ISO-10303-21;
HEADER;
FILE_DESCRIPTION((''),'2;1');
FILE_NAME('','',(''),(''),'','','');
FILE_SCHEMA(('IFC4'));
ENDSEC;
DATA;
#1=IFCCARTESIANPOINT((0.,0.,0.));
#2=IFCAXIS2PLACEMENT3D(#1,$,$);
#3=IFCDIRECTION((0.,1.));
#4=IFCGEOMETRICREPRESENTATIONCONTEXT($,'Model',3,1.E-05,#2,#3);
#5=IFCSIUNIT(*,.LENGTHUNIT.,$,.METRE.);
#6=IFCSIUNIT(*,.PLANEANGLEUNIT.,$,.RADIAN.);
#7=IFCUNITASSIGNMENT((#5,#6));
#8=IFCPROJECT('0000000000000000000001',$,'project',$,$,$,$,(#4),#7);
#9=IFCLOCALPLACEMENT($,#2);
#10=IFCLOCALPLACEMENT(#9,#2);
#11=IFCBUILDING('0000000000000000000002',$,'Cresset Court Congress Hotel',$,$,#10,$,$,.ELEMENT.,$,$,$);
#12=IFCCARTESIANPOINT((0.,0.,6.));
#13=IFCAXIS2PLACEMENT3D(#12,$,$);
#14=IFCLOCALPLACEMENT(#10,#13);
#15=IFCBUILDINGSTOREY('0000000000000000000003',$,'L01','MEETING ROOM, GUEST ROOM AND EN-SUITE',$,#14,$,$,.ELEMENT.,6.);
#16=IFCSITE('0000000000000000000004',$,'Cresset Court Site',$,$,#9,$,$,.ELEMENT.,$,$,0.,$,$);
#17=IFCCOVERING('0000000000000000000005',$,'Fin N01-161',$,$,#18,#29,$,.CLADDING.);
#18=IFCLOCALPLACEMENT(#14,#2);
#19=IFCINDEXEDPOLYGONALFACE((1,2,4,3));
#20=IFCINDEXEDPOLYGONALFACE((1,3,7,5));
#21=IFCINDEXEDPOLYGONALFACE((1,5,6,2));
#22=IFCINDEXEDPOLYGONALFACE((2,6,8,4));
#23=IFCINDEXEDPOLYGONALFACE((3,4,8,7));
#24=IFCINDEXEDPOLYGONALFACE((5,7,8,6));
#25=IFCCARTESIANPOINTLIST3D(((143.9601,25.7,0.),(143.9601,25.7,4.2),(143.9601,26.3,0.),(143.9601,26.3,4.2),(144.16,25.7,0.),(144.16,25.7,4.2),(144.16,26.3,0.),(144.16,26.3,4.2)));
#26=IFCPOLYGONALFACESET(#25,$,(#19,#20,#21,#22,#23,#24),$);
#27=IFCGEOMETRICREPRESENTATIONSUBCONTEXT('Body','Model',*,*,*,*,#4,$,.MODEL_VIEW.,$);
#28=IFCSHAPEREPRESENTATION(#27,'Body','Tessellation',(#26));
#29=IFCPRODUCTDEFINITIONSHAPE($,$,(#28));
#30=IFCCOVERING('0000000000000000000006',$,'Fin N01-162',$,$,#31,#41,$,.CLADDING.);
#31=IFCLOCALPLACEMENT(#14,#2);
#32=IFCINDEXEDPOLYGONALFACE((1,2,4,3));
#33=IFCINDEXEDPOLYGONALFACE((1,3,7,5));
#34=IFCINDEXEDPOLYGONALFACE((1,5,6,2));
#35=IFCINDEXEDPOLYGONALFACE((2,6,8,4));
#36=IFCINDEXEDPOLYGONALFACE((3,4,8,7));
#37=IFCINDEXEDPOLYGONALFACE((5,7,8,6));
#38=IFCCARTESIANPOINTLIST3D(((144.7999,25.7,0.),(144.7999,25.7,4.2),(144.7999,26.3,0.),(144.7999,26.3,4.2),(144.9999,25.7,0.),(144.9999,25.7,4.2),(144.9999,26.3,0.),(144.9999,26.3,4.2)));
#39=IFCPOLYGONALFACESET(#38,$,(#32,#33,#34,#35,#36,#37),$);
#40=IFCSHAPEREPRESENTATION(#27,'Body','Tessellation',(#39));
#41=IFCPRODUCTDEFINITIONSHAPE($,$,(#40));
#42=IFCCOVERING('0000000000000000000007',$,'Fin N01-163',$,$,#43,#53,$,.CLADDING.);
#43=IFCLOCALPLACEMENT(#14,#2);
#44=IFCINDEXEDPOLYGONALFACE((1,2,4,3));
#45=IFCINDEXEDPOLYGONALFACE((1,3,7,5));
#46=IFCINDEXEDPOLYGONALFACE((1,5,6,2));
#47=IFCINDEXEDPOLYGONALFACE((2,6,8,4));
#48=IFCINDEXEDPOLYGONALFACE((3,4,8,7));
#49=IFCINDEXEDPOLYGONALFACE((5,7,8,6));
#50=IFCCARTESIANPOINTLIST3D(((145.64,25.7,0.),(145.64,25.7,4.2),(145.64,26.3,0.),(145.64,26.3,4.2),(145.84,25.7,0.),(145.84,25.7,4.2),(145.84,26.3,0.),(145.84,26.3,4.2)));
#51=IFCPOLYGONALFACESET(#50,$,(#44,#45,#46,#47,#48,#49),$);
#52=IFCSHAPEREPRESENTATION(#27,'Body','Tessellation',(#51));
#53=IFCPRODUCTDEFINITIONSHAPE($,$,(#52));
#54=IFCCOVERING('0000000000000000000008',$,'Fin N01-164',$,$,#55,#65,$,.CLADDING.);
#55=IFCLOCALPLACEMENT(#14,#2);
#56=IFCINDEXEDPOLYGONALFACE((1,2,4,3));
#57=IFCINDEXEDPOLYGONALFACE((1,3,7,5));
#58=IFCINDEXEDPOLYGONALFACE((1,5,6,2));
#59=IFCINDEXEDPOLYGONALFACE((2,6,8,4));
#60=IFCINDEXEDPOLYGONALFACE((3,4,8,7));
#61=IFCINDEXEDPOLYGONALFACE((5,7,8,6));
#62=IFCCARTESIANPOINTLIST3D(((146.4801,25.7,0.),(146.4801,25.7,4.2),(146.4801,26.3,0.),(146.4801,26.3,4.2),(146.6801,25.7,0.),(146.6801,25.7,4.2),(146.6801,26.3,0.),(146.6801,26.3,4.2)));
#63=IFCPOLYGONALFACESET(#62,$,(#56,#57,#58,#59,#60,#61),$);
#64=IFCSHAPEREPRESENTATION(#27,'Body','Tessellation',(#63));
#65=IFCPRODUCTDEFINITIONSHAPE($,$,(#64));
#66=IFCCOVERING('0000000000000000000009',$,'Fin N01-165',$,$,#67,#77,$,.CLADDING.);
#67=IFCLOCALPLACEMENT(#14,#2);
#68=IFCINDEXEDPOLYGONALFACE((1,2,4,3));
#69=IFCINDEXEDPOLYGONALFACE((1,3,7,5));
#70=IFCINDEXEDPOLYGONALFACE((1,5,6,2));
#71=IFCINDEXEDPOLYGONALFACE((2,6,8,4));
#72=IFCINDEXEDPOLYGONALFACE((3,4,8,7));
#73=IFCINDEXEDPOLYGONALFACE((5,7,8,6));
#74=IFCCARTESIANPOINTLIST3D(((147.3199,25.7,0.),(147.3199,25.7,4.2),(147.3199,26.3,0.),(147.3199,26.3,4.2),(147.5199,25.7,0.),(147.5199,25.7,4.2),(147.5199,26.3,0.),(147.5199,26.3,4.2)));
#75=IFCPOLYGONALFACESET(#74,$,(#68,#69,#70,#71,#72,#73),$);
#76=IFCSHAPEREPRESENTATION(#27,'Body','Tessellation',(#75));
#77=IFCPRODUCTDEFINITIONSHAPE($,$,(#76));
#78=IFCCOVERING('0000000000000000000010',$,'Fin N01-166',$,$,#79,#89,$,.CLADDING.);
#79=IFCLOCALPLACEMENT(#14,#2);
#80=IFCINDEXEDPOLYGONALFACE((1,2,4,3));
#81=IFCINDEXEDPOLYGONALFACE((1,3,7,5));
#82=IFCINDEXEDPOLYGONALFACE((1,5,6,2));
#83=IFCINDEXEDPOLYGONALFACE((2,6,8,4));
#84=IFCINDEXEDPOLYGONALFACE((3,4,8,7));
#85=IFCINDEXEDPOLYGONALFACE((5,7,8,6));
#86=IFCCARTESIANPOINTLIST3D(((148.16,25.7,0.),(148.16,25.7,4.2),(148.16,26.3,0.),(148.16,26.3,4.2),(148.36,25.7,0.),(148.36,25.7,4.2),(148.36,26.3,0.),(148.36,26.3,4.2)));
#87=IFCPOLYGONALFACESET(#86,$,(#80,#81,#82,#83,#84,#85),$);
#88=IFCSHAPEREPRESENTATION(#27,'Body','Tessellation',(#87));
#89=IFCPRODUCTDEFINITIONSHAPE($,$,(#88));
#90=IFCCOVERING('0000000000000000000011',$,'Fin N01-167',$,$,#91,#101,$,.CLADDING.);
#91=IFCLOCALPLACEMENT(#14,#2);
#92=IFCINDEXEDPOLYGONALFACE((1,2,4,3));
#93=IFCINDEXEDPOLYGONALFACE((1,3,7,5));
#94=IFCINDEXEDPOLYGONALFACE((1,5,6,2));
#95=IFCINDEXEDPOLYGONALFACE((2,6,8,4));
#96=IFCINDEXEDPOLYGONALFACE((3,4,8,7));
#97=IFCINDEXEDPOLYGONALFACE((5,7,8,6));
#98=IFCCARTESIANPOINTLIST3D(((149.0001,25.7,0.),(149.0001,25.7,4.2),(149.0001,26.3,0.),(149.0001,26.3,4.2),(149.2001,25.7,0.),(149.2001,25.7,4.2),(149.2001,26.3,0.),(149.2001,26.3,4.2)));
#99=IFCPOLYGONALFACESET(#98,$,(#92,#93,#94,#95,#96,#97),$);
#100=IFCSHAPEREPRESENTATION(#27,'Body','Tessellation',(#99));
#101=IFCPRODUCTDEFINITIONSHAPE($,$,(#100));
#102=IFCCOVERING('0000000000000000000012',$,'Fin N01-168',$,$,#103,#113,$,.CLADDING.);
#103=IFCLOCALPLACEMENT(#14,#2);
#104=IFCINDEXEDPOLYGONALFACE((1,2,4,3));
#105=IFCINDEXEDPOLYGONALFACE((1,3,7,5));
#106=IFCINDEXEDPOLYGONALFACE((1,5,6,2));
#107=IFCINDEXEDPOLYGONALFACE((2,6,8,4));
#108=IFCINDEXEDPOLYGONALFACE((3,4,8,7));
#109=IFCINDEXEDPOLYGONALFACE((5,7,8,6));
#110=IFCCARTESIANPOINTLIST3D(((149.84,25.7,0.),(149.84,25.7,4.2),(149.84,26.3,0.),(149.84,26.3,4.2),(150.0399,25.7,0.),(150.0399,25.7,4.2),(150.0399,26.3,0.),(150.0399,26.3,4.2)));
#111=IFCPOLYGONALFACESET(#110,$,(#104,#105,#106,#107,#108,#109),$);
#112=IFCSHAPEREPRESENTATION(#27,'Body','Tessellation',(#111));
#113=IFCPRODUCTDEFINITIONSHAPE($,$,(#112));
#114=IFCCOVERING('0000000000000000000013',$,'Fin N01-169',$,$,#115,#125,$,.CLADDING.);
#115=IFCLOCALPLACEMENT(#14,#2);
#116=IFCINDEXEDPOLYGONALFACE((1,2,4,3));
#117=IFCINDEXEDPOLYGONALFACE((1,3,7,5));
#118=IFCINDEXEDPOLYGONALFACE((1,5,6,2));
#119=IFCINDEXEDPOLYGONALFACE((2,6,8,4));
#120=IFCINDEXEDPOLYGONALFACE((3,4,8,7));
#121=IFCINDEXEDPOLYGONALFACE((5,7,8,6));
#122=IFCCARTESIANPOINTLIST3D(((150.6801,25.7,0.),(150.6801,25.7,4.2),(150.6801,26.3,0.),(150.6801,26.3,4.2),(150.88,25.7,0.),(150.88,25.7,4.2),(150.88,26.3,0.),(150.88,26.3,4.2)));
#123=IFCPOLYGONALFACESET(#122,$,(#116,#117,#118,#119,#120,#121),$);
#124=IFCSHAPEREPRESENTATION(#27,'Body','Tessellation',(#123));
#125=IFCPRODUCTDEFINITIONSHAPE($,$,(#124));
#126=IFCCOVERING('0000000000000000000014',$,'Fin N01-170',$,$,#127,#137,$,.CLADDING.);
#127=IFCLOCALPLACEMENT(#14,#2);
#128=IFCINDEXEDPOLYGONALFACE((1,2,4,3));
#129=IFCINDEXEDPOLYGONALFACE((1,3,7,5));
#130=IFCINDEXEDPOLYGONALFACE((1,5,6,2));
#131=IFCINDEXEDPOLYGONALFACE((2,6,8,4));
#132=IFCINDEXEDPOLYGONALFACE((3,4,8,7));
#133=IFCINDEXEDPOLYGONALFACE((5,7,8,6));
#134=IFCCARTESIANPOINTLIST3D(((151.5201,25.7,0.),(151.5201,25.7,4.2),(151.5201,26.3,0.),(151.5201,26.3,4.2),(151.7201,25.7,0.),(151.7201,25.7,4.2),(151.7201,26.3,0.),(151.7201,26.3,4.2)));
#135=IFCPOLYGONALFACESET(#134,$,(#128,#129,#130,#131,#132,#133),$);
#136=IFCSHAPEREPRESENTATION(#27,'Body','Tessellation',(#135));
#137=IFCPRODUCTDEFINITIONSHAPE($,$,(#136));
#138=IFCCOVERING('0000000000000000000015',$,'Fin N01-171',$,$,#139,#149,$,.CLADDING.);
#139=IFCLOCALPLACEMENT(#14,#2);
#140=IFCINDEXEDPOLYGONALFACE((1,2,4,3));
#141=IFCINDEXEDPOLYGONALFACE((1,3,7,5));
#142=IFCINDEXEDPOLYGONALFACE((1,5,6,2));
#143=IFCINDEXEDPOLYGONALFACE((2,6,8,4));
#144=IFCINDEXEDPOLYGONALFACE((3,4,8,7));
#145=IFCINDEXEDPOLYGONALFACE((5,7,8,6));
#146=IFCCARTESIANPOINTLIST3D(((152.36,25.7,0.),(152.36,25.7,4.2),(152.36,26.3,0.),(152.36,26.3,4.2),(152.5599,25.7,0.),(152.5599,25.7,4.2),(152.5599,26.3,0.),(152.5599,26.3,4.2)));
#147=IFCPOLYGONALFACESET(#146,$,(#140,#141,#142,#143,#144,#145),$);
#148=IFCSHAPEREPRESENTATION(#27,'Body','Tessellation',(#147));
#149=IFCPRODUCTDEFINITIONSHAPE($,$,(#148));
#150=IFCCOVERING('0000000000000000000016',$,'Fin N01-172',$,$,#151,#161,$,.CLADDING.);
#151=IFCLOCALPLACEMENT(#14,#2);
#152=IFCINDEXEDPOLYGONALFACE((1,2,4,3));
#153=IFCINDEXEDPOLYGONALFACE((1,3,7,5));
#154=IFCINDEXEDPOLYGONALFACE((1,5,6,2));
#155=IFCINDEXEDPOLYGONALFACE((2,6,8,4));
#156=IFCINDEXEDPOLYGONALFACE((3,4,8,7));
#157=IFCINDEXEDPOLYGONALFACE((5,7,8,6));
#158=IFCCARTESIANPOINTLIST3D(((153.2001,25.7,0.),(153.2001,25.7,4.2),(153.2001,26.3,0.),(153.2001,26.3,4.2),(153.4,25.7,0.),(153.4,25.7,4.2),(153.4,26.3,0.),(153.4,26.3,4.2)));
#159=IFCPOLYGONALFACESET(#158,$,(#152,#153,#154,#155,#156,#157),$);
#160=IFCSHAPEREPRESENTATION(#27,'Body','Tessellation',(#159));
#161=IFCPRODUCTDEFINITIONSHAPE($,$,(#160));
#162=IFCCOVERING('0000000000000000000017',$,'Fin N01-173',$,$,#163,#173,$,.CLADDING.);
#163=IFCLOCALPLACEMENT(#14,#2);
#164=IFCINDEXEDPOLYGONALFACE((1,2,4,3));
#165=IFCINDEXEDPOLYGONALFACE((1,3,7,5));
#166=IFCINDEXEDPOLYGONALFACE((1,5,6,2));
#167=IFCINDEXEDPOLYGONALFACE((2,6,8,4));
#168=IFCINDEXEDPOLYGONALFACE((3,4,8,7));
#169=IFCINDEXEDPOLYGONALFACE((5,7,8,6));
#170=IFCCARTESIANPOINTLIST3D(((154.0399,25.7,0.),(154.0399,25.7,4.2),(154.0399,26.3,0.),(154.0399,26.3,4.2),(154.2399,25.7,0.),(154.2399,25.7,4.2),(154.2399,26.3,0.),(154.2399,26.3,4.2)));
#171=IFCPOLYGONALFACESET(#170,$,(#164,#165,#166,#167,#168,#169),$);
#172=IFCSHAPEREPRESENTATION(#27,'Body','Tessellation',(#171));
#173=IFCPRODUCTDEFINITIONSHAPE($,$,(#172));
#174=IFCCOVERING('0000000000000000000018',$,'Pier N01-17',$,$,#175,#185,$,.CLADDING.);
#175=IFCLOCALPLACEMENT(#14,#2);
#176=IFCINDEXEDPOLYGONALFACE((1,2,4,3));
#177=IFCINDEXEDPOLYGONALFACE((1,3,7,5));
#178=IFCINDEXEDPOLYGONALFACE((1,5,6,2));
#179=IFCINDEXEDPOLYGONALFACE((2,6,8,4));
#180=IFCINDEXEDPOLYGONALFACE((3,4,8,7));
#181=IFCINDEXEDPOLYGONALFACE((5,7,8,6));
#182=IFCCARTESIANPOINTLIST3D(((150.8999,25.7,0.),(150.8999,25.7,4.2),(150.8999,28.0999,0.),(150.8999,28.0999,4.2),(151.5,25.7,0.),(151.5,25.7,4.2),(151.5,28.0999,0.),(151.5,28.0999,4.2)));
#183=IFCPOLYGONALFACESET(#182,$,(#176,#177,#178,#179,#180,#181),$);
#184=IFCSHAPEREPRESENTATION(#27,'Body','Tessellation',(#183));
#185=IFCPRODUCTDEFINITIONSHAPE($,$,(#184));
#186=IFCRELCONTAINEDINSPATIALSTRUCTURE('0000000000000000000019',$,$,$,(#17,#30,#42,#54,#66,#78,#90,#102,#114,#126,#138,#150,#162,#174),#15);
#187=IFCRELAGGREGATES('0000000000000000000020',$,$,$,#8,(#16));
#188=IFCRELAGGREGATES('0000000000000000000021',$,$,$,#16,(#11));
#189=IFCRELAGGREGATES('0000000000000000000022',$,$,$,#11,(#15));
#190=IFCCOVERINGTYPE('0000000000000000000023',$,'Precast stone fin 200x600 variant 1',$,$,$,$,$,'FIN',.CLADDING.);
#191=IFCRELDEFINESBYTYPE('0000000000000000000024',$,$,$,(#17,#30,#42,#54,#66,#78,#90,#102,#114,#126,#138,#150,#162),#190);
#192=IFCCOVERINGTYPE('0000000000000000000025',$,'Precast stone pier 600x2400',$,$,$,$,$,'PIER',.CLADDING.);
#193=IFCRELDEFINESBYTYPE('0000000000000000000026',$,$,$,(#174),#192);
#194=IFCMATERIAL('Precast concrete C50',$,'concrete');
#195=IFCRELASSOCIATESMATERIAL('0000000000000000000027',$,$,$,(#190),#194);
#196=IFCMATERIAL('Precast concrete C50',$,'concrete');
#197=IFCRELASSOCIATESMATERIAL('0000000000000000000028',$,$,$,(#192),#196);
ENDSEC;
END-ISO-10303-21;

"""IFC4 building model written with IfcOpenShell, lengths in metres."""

from ifc_helpers import new_model, si_unit, direction, frame, origin, origin_2d, place, context, subcontext, project, spatial, rectangle, extrude, material, type_object, element, save


model = new_model("IFC4")

# Units and contexts
model_context = context("Model", 3, precision=1e-05, world=origin(), true_north=direction((0.0, 1.0)))
body_context = subcontext(model_context, "Body", "Model", "MODEL_VIEW")
ifc_project = project(units=[si_unit("LENGTHUNIT", "METRE"), si_unit("PLANEANGLEUNIT", "RADIAN")], contexts=[model_context])

# Site, building, storey
site_placement = place(None, origin())
site = spatial("IfcSite", under=ifc_project, at=site_placement, Name="Cresset Court Site", CompositionType="ELEMENT", RefElevation=0.0)
building_placement = place(site_placement, origin())
building = spatial("IfcBuilding", under=site, at=building_placement, Name="Cresset Court Congress Hotel", CompositionType="ELEMENT")
storey_placement = place(building_placement, frame((0.0, 0.0, 6.0)))
storey = spatial("IfcBuildingStorey", under=building, at=storey_placement, Name="L01", Description="MEETING ROOM, GUEST ROOM AND EN-SUITE", CompositionType="ELEMENT", Elevation=6.0)

# Coverings
ifc_material_1 = material(Name="Precast concrete C50", Category="concrete")
covering_type_1 = type_object("IfcCoveringType", Name="Precast stone fin 200x600 variant 1", ElementType="FIN", PredefinedType="CLADDING", material=ifc_material_1)
for number, where, z_axis, x_axis, name in (
    (1, (144.0601, 26.0, 0.0), (0.0, 0.0, 1.0), (1.0, 0.0, 0.0), "Fin N01-161"),
    (2, (144.8999, 26.0, 0.0), (0.0, 0.0, 1.0), (1.0, 0.0, 0.0), "Fin N01-162"),
    (3, (145.74, 26.0, 0.0), (0.0, 0.0, 1.0), (1.0, 0.0, 0.0), "Fin N01-163"),
    (4, (146.5801, 26.0, 0.0), (0.0, 0.0, 1.0), (1.0, 0.0, 0.0), "Fin N01-164"),
    (5, (147.4199, 26.0, 0.0), (0.0, 0.0, 1.0), (1.0, 0.0, 0.0), "Fin N01-165"),
    (6, (148.26, 26.0, 0.0), (0.0, 0.0, 1.0), (1.0, 0.0, 0.0), "Fin N01-166"),
    (7, (149.1001, 26.0, 0.0), (0.0, 0.0, 1.0), (1.0, 0.0, 0.0), "Fin N01-167"),
    (8, (149.9399, 26.0, 0.0), (0.0, 0.0, 1.0), (1.0, 0.0, 0.0), "Fin N01-168"),
    (9, (150.78, 26.0, 0.0), (0.0, 0.0, 1.0), (1.0, 0.0, 0.0), "Fin N01-169"),
    (10, (151.6201, 26.0, 0.0), (0.0, 0.0, 1.0), (1.0, 0.0, 0.0), "Fin N01-170"),
    (11, (152.46, 26.0, 0.0), (0.0, 0.0, 1.0), (1.0, 0.0, 0.0), "Fin N01-171"),
    (12, (153.3, 26.0, 0.0), (0.0, 0.0, 1.0), (1.0, 0.0, 0.0), "Fin N01-172"),
    (13, (154.1399, 26.0, 0.0), (0.0, 0.0, 1.0), (1.0, 0.0, 0.0), "Fin N01-173"),
):
    element("IfcCovering", number, at=place(storey_placement, frame(where, z_axis=z_axis, x_axis=x_axis)), inside=storey, type_object=covering_type_1, Name=name, PredefinedType="CLADDING", context=body_context, shape_type="SweptSolid", body=[
        extrude(rectangle(XDim=0.2, YDim=0.6001, at=origin_2d()), origin(), (0.0, 0.0, 1.0), 4.2),
    ])
ifc_material_2 = material(Name="Precast concrete C50", Category="concrete")
covering_type_2 = type_object("IfcCoveringType", Name="Precast stone pier 600x2400", ElementType="PIER", PredefinedType="CLADDING", material=ifc_material_2)
covering_placement = place(storey_placement, frame((151.2, 26.8999, 0.0), z_axis=(0.0, 0.0, 1.0), x_axis=(1.0, 0.0, 0.0)))
element("IfcCovering", 14, at=covering_placement, inside=storey, type_object=covering_type_2, Name="Pier N01-17", PredefinedType="CLADDING", context=body_context, shape_type="SweptSolid", body=[
    extrude(rectangle(XDim=0.6001, YDim=2.3999, at=origin_2d()), origin(), (0.0, 0.0, 1.0), 4.2),
])

save(model, "model.ifc")
